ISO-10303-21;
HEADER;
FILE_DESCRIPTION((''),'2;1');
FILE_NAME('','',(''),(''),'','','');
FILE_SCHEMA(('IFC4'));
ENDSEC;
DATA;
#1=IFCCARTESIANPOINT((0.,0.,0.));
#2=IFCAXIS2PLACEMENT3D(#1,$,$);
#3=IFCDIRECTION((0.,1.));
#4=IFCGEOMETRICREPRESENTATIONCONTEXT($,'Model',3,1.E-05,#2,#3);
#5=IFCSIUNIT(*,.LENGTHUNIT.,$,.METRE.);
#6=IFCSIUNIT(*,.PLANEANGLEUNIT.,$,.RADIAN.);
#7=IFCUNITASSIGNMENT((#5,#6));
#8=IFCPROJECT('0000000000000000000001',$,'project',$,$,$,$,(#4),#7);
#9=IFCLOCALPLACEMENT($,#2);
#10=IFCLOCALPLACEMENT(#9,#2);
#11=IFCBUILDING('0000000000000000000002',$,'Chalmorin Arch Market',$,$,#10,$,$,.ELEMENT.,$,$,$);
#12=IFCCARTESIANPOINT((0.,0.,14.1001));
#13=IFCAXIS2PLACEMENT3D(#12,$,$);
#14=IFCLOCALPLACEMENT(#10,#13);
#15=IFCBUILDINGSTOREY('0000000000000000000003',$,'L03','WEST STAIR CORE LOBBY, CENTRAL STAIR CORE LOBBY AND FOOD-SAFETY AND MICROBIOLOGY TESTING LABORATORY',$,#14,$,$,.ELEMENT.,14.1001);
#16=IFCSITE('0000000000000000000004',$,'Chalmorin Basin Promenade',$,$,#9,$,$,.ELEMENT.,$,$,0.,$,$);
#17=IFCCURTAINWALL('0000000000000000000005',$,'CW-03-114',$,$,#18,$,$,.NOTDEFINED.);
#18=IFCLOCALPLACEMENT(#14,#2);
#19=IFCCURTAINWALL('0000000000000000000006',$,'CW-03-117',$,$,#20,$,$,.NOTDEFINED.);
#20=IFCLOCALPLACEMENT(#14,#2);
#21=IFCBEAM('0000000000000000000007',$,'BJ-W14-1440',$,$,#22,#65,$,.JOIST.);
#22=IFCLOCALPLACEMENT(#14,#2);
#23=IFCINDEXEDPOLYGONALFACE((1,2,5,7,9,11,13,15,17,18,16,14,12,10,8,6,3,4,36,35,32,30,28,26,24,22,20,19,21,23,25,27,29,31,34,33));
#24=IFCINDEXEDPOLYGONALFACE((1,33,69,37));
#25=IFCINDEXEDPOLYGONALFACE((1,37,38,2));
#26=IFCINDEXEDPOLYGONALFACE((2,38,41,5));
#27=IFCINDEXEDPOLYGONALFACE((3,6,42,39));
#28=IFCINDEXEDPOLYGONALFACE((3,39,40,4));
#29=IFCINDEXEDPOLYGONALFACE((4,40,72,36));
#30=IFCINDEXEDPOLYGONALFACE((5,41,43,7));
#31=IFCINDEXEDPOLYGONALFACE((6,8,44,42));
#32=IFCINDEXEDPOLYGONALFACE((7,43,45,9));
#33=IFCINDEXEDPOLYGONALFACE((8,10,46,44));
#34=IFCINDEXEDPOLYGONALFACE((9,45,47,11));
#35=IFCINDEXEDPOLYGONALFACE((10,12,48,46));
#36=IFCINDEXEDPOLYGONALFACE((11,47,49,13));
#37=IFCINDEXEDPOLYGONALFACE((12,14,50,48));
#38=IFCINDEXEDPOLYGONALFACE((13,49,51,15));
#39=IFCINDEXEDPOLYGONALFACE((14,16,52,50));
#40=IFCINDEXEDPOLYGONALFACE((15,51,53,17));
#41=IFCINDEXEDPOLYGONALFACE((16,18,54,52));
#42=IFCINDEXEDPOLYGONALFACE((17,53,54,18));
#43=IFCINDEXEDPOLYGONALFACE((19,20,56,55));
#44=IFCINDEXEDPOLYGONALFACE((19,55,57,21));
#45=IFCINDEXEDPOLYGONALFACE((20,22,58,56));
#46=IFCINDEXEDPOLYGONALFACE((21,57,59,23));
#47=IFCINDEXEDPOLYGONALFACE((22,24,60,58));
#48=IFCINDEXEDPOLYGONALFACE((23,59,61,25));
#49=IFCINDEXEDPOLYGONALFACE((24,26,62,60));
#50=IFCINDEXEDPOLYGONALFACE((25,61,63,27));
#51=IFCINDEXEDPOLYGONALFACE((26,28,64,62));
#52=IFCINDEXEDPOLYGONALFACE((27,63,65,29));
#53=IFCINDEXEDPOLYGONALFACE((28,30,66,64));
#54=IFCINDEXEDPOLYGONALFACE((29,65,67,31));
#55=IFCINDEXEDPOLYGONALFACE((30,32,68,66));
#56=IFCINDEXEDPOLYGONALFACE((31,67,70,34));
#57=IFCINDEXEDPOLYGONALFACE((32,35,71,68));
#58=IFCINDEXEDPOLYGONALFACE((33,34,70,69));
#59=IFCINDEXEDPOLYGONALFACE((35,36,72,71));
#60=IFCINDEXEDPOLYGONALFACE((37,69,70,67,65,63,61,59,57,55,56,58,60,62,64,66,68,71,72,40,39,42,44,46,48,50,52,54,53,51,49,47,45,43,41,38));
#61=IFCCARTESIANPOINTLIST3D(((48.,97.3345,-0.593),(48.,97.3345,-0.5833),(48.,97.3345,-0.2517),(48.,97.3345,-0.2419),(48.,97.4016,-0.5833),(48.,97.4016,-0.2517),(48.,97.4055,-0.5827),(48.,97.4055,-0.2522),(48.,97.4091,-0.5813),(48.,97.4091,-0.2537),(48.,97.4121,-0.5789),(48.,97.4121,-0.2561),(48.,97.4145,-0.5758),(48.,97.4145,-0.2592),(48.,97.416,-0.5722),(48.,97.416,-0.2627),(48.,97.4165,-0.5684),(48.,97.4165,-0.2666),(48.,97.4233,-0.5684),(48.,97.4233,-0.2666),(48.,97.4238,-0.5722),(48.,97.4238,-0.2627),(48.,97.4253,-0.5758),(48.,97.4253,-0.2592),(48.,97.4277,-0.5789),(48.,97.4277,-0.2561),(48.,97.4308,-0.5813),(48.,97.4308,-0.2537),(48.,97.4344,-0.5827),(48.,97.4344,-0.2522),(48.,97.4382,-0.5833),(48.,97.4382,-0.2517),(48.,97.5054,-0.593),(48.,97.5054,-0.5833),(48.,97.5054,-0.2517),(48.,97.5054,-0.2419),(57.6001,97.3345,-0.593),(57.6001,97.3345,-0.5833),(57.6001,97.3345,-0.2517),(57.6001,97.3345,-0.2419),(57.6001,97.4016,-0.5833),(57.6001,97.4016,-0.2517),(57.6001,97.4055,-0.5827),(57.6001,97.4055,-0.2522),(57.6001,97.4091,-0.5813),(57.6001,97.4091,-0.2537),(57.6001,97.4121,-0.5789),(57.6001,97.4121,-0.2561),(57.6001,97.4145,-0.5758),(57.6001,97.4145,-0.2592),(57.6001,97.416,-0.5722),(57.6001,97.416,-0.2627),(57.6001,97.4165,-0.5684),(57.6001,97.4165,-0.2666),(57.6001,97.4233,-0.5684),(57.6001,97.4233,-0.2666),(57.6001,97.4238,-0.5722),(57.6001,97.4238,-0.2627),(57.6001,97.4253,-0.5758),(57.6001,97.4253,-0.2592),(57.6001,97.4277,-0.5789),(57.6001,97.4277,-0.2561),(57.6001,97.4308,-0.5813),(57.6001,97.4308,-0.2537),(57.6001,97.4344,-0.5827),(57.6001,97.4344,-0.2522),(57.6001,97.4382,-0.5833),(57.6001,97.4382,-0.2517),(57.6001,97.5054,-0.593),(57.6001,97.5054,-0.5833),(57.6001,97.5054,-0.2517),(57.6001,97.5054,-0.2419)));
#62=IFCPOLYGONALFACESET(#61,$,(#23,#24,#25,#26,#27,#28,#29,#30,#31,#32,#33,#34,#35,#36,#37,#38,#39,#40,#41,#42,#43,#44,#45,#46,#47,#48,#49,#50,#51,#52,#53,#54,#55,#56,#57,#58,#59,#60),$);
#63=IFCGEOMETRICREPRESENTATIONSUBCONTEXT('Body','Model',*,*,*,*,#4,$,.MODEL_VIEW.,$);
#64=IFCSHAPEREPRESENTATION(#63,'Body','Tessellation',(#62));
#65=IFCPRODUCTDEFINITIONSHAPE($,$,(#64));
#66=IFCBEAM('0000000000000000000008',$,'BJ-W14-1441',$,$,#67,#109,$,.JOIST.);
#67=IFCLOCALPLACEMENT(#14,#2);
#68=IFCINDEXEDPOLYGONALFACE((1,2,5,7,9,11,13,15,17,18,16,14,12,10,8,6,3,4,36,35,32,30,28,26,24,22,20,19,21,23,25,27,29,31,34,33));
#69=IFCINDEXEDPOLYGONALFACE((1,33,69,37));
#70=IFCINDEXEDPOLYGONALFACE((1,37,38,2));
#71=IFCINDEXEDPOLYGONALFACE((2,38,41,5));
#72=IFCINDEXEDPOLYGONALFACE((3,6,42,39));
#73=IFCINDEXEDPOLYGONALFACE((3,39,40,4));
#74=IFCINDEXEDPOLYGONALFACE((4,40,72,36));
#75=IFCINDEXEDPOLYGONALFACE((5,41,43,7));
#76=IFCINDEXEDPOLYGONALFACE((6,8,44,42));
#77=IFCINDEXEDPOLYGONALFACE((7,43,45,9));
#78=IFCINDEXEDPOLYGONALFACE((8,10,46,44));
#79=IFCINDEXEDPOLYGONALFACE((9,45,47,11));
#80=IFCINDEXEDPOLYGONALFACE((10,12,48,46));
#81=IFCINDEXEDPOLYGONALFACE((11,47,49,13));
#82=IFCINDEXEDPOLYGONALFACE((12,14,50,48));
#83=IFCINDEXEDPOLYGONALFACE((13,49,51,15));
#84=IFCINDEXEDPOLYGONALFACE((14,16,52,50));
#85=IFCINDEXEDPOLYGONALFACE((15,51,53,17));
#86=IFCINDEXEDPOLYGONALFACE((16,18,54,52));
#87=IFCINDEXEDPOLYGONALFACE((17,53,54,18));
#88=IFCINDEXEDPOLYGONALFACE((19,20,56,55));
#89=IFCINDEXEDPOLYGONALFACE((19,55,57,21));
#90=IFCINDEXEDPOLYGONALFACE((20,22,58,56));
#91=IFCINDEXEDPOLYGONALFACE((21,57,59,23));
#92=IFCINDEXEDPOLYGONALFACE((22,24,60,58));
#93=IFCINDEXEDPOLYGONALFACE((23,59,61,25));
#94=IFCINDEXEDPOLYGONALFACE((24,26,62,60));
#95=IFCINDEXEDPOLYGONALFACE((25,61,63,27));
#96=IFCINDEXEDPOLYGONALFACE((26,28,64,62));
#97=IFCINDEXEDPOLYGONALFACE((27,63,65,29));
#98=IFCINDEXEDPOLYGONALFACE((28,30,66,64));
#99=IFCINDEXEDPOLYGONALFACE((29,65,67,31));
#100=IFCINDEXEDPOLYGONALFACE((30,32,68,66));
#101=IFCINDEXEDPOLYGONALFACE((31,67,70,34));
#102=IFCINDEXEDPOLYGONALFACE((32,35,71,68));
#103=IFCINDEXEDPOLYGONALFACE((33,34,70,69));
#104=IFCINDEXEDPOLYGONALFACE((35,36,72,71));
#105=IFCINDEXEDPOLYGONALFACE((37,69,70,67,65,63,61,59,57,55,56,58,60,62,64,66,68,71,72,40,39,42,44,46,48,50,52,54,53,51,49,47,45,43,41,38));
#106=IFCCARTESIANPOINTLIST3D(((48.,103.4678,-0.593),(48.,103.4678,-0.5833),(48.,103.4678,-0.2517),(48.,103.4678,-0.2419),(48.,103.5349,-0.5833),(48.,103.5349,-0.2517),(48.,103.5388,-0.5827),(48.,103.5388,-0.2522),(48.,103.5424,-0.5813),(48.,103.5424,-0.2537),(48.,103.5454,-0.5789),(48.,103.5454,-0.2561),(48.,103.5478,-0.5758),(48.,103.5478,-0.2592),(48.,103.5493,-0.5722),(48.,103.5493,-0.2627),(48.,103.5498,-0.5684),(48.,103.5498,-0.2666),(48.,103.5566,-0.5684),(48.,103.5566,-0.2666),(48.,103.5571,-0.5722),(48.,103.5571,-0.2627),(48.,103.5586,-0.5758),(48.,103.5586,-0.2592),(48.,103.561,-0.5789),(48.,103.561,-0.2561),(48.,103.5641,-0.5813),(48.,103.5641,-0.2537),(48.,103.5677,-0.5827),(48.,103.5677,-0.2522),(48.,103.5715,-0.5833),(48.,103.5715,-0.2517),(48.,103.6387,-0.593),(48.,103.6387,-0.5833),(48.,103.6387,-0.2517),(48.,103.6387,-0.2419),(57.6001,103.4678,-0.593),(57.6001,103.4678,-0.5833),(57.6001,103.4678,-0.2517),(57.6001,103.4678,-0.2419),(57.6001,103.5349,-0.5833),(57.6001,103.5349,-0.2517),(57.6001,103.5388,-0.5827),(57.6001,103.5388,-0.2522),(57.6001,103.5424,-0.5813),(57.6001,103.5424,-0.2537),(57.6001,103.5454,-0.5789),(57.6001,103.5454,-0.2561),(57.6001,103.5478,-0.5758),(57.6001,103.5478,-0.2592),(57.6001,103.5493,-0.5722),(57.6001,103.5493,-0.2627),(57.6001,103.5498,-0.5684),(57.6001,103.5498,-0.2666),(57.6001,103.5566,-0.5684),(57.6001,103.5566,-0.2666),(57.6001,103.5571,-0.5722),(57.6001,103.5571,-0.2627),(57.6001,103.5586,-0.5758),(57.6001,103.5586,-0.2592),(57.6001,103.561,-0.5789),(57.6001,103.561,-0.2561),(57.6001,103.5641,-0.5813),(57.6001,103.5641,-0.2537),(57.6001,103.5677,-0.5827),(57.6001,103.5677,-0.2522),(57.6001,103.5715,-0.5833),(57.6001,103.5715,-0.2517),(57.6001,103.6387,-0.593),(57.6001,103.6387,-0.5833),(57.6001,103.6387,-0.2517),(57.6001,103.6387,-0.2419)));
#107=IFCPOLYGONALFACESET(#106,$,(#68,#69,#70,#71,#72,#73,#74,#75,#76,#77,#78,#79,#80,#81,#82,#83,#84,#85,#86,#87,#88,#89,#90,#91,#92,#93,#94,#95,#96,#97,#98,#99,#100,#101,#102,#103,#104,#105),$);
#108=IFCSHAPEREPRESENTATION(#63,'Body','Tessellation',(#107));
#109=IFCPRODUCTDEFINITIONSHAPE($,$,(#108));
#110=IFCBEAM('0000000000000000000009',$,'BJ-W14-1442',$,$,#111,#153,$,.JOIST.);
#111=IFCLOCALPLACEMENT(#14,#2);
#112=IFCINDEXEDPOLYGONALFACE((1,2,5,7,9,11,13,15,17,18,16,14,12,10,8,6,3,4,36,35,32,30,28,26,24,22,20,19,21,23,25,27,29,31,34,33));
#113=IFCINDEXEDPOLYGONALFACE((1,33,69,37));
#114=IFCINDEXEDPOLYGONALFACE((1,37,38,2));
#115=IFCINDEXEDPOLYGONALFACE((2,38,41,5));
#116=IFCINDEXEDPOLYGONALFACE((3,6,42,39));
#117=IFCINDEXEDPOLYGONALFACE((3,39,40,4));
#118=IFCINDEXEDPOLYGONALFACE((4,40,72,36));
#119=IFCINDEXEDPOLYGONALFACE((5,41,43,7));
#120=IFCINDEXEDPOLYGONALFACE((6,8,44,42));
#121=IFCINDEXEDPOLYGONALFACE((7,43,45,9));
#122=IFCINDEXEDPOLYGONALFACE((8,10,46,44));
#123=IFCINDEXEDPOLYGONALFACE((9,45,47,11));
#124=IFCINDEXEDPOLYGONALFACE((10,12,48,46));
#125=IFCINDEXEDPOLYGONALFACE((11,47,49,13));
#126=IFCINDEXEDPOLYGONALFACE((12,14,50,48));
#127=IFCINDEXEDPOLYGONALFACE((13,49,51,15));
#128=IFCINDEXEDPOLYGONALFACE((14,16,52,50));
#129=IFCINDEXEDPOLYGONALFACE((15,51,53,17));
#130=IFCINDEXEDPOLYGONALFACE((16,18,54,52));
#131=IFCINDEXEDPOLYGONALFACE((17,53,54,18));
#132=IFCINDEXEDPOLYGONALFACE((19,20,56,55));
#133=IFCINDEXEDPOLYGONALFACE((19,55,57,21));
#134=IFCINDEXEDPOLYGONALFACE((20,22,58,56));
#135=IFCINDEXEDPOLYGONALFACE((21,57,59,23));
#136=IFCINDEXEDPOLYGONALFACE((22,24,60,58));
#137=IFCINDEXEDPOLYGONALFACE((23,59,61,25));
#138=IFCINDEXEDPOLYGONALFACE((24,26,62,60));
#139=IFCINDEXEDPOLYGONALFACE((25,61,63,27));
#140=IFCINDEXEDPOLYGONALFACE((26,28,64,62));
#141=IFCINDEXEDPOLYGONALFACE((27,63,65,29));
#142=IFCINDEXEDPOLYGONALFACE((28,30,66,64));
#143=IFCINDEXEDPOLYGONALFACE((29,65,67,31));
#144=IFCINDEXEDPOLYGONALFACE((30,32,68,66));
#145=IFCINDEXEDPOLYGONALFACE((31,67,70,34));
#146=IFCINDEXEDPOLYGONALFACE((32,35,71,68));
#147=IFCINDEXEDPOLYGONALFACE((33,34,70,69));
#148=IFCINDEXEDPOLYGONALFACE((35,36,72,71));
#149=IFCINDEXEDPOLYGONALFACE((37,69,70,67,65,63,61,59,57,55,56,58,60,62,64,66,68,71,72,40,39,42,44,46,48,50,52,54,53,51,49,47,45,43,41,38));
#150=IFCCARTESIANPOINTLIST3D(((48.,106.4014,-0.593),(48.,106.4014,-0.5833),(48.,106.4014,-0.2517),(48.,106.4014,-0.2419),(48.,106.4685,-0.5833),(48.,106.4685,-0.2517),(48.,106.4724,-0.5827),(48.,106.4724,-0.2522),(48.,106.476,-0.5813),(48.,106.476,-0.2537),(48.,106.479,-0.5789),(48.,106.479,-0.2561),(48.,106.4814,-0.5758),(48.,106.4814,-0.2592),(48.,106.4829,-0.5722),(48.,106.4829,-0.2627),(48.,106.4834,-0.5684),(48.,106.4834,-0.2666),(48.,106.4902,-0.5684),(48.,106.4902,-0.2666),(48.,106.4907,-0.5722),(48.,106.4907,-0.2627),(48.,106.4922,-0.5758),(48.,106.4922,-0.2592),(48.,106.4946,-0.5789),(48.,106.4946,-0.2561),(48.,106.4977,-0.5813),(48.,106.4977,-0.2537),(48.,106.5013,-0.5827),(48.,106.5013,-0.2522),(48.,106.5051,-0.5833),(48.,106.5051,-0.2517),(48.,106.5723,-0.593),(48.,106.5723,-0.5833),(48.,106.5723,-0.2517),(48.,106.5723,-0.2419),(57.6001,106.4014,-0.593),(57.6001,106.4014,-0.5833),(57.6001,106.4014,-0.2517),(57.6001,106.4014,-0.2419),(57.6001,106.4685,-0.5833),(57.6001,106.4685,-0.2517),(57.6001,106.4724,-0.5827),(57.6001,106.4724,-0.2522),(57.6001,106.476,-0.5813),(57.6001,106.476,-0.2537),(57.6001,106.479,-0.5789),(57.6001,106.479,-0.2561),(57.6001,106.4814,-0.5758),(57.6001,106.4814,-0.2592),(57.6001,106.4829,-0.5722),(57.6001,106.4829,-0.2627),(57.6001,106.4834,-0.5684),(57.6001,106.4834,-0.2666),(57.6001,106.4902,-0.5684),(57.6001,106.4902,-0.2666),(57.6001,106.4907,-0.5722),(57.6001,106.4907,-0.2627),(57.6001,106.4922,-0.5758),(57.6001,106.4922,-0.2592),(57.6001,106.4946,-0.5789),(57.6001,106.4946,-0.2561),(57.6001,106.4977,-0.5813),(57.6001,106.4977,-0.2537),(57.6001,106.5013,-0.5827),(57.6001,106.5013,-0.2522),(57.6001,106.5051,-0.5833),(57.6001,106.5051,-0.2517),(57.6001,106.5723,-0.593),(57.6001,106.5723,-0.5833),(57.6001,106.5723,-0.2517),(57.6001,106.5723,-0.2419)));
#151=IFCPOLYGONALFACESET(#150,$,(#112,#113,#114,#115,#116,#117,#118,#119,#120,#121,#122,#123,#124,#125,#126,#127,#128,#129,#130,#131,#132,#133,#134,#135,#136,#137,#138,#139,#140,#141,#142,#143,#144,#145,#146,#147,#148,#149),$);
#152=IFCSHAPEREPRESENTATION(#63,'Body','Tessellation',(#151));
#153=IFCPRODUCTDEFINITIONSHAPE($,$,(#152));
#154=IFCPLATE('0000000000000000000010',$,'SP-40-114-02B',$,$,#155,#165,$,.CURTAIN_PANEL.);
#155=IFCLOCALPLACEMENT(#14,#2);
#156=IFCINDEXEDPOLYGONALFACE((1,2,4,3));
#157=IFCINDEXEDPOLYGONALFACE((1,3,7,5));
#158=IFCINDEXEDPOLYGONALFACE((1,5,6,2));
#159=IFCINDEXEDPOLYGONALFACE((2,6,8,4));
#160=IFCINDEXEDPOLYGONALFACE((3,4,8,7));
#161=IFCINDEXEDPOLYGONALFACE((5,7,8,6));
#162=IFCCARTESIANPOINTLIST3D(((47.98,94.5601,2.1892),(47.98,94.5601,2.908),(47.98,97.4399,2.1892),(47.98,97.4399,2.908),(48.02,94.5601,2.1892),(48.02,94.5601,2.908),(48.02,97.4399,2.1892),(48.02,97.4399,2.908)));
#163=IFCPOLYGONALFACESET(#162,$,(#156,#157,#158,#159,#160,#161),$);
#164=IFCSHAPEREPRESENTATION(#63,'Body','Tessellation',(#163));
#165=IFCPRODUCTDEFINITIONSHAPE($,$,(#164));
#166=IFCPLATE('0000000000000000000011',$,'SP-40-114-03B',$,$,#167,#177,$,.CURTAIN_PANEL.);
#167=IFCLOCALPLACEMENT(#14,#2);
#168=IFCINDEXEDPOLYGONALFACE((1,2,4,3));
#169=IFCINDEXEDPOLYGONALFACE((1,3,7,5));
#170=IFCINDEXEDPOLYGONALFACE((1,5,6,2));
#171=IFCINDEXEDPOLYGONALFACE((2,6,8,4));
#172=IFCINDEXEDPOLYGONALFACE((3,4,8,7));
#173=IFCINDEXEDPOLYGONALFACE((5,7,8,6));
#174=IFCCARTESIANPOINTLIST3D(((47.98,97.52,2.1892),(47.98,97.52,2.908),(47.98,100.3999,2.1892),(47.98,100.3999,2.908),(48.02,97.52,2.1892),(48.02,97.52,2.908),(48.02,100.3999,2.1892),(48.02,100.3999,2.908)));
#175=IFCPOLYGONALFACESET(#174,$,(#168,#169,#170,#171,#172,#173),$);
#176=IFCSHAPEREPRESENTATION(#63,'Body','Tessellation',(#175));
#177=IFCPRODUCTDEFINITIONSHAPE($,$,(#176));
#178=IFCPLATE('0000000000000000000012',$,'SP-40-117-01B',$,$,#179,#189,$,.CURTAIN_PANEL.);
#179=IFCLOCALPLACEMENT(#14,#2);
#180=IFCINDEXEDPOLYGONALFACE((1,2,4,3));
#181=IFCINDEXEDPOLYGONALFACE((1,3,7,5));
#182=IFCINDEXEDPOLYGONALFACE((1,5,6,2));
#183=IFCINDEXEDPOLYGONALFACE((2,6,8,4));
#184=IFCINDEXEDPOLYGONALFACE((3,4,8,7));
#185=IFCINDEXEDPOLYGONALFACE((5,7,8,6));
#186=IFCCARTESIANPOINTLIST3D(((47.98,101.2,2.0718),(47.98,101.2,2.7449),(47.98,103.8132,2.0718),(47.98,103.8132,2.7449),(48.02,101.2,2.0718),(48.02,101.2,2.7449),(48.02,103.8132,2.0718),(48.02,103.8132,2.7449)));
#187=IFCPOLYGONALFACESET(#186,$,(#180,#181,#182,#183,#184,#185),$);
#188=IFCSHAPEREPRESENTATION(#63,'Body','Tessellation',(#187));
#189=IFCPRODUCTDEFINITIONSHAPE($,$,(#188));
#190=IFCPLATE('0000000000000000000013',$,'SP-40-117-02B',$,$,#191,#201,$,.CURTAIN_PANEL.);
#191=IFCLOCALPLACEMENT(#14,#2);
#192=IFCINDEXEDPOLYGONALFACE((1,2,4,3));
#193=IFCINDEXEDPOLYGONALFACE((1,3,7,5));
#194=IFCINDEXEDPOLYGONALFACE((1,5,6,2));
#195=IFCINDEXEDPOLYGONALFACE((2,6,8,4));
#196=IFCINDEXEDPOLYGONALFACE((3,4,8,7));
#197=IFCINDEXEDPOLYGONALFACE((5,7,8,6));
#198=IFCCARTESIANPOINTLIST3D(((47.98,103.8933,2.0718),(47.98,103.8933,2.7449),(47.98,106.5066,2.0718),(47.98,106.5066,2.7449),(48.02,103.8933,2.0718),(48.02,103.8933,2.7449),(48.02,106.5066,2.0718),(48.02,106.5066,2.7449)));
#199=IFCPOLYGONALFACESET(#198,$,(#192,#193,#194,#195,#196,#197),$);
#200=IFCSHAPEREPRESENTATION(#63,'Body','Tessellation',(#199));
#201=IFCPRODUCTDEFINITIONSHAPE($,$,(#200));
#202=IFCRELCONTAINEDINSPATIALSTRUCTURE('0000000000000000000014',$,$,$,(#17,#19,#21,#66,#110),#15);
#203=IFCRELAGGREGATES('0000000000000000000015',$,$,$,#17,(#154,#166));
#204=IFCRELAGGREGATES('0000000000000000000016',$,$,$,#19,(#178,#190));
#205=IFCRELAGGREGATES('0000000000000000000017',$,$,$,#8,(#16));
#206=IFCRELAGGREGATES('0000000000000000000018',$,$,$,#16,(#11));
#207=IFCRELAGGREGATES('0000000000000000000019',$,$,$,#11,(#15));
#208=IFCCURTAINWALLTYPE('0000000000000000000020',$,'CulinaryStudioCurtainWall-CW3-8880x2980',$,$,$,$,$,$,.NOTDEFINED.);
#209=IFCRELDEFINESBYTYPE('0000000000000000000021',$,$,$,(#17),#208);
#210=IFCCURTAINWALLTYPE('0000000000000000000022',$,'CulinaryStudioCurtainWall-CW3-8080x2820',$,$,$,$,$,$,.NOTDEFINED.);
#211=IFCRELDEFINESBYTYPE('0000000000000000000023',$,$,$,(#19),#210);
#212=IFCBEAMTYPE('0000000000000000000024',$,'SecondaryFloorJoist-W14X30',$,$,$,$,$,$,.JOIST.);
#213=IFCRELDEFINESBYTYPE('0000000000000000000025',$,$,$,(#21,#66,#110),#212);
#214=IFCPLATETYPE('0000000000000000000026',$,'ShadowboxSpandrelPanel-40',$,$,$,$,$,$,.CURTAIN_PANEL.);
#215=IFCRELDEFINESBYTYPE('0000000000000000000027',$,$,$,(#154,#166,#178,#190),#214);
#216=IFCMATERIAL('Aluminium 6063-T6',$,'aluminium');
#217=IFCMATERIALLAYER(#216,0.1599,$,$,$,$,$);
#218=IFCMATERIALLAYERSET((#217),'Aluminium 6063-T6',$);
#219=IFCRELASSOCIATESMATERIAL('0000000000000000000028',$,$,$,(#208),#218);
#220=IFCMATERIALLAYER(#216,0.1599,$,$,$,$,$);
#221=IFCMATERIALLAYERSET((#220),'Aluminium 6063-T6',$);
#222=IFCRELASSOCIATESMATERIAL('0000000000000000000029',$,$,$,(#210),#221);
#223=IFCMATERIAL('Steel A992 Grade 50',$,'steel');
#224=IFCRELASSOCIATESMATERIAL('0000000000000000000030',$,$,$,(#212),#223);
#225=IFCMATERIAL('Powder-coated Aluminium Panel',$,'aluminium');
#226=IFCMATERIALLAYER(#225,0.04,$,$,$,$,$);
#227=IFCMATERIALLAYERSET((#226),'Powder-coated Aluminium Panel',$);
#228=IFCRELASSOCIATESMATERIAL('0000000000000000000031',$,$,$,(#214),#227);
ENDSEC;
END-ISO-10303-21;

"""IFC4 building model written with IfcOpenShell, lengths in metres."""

from ifc_helpers import new_model, si_unit, direction, frame, origin, origin_2d, place, context, subcontext, project, spatial, rectangle, i_section, extrude, material, layer, layer_set, material_profile, profile_set, type_object, element, aggregate, save


model = new_model("IFC4")

# Units and contexts
model_context = context("Model", 3, precision=1e-05, world=origin(), true_north=direction((0.0, 1.0)))
body_context = subcontext(model_context, "Body", "Model", "MODEL_VIEW")
ifc_project = project(units=[si_unit("LENGTHUNIT", "METRE"), si_unit("PLANEANGLEUNIT", "RADIAN")], contexts=[model_context])

# Site, building, storey
site_placement = place(None, origin())
site = spatial("IfcSite", under=ifc_project, at=site_placement, Name="Chalmorin Basin Promenade", CompositionType="ELEMENT", RefElevation=0.0)
building_placement = place(site_placement, origin())
building = spatial("IfcBuilding", under=site, at=building_placement, Name="Chalmorin Arch Market", CompositionType="ELEMENT")
storey_placement = place(building_placement, frame((0.0, 0.0, 14.1001)))
storey = spatial("IfcBuildingStorey", under=building, at=storey_placement, Name="L03", Description="WEST STAIR CORE LOBBY, CENTRAL STAIR CORE LOBBY AND FOOD-SAFETY AND MICROBIOLOGY TESTING LABORATORY", CompositionType="ELEMENT", Elevation=14.1001)

# Curtain walls
ifc_material_1 = material(Name="Aluminium 6063-T6", Category="aluminium")
ifc_layer_1 = layer(ifc_material_1, 0.1599)
ifc_layer_set_1 = layer_set([ifc_layer_1], Name="Aluminium 6063-T6")
curtain_wall_type_1 = type_object("IfcCurtainWallType", Name="CulinaryStudioCurtainWall-CW3-8880x2980", PredefinedType="NOTDEFINED", material=ifc_layer_set_1)
curtain_wall_1_placement = place(storey_placement, origin())
curtain_wall_1 = element("IfcCurtainWall", 1, at=curtain_wall_1_placement, inside=storey, type_object=curtain_wall_type_1, Name="CW-03-114", PredefinedType="NOTDEFINED")
ifc_layer_2 = layer(ifc_material_1, 0.1599)
ifc_layer_set_2 = layer_set([ifc_layer_2], Name="Aluminium 6063-T6")
curtain_wall_type_2 = type_object("IfcCurtainWallType", Name="CulinaryStudioCurtainWall-CW3-8080x2820", PredefinedType="NOTDEFINED", material=ifc_layer_set_2)
curtain_wall_2_placement = place(storey_placement, origin())
curtain_wall_2 = element("IfcCurtainWall", 2, at=curtain_wall_2_placement, inside=storey, type_object=curtain_wall_type_2, Name="CW-03-117", PredefinedType="NOTDEFINED")

# Shared definitions
ifc_material_2 = material(Name="Steel A992 Grade 50", Category="steel")

# Beams
ifc_material_profile_1 = material_profile(ifc_material_2, i_section(OverallWidth=0.1709, OverallDepth=0.3511, WebThickness=0.0068, FlangeThickness=0.0098, FilletRadius=0.0149, at=origin_2d()), Name="W14X30")
ifc_profile_set_1 = profile_set([ifc_material_profile_1], Name="Steel A992 Grade 50")
beam_type_1 = type_object("IfcBeamType", Name="SecondaryFloorJoist-W14X30", PredefinedType="JOIST", material=ifc_profile_set_1)
for number, where, z_axis, x_axis, name in (
    (3, (48.0, 97.4199, -0.4175), (1.0, 0.0, 0.0), (0.0, 1.0, 0.0), "BJ-W14-1440"),
    (4, (48.0, 103.5532, -0.4175), (1.0, 0.0, 0.0), (0.0, 1.0, 0.0), "BJ-W14-1441"),
    (5, (48.0, 106.4868, -0.4175), (1.0, 0.0, 0.0), (0.0, 1.0, 0.0), "BJ-W14-1442"),
):
    element("IfcBeam", number, at=place(storey_placement, frame(where, z_axis=z_axis, x_axis=x_axis)), inside=storey, type_object=beam_type_1, Name=name, PredefinedType="JOIST", context=body_context, shape_type="SweptSolid", body=[
        extrude(i_section(OverallWidth=0.1709, OverallDepth=0.3511, WebThickness=0.0068, FlangeThickness=0.0098, FilletRadius=0.0149, at=origin_2d()), origin(), (0.0, 0.0, 1.0), 9.6001),
    ])

# Plates
ifc_material_3 = material(Name="Powder-coated Aluminium Panel", Category="aluminium")
ifc_layer_3 = layer(ifc_material_3, 0.04)
ifc_layer_set_3 = layer_set([ifc_layer_3], Name="Powder-coated Aluminium Panel")
plate_type_1 = type_object("IfcPlateType", Name="ShadowboxSpandrelPanel-40", PredefinedType="CURTAIN_PANEL", material=ifc_layer_set_3)
plate_1_placement = place(storey_placement, frame((48.0, 96.0, 2.1892), z_axis=(0.0, 0.0, 1.0), x_axis=(0.0, 1.0, 0.0)))
plate_1 = element("IfcPlate", 6, at=plate_1_placement, type_object=plate_type_1, Name="SP-40-114-02B", PredefinedType="CURTAIN_PANEL", context=body_context, shape_type="SweptSolid", body=[
    extrude(rectangle(XDim=2.8799, YDim=0.04, at=origin_2d()), origin(), (0.0, 0.0, 1.0), 0.7188),
])
plate_2_placement = place(storey_placement, frame((48.0, 98.96, 2.1892), z_axis=(0.0, 0.0, 1.0), x_axis=(0.0, 1.0, 0.0)))
plate_2 = element("IfcPlate", 7, at=plate_2_placement, type_object=plate_type_1, Name="SP-40-114-03B", PredefinedType="CURTAIN_PANEL", context=body_context, shape_type="SweptSolid", body=[
    extrude(rectangle(XDim=2.8799, YDim=0.04, at=origin_2d()), origin(), (0.0, 0.0, 1.0), 0.7188),
])
plate_3_placement = place(storey_placement, frame((48.0, 102.5066, 2.0718), z_axis=(0.0, 0.0, 1.0), x_axis=(0.0, 1.0, 0.0)))
plate_3 = element("IfcPlate", 8, at=plate_3_placement, type_object=plate_type_1, Name="SP-40-117-01B", PredefinedType="CURTAIN_PANEL", context=body_context, shape_type="SweptSolid", body=[
    extrude(rectangle(XDim=2.6133, YDim=0.04, at=origin_2d()), origin(), (0.0, 0.0, 1.0), 0.6731),
])
plate_4_placement = place(storey_placement, frame((48.0, 105.2, 2.0718), z_axis=(0.0, 0.0, 1.0), x_axis=(0.0, 1.0, 0.0)))
plate_4 = element("IfcPlate", 9, at=plate_4_placement, type_object=plate_type_1, Name="SP-40-117-02B", PredefinedType="CURTAIN_PANEL", context=body_context, shape_type="SweptSolid", body=[
    extrude(rectangle(XDim=2.6133, YDim=0.04, at=origin_2d()), origin(), (0.0, 0.0, 1.0), 0.6731),
])
aggregate(curtain_wall_1, [plate_1, plate_2])
aggregate(curtain_wall_2, [plate_3, plate_4])

save(model, "model.ifc")
